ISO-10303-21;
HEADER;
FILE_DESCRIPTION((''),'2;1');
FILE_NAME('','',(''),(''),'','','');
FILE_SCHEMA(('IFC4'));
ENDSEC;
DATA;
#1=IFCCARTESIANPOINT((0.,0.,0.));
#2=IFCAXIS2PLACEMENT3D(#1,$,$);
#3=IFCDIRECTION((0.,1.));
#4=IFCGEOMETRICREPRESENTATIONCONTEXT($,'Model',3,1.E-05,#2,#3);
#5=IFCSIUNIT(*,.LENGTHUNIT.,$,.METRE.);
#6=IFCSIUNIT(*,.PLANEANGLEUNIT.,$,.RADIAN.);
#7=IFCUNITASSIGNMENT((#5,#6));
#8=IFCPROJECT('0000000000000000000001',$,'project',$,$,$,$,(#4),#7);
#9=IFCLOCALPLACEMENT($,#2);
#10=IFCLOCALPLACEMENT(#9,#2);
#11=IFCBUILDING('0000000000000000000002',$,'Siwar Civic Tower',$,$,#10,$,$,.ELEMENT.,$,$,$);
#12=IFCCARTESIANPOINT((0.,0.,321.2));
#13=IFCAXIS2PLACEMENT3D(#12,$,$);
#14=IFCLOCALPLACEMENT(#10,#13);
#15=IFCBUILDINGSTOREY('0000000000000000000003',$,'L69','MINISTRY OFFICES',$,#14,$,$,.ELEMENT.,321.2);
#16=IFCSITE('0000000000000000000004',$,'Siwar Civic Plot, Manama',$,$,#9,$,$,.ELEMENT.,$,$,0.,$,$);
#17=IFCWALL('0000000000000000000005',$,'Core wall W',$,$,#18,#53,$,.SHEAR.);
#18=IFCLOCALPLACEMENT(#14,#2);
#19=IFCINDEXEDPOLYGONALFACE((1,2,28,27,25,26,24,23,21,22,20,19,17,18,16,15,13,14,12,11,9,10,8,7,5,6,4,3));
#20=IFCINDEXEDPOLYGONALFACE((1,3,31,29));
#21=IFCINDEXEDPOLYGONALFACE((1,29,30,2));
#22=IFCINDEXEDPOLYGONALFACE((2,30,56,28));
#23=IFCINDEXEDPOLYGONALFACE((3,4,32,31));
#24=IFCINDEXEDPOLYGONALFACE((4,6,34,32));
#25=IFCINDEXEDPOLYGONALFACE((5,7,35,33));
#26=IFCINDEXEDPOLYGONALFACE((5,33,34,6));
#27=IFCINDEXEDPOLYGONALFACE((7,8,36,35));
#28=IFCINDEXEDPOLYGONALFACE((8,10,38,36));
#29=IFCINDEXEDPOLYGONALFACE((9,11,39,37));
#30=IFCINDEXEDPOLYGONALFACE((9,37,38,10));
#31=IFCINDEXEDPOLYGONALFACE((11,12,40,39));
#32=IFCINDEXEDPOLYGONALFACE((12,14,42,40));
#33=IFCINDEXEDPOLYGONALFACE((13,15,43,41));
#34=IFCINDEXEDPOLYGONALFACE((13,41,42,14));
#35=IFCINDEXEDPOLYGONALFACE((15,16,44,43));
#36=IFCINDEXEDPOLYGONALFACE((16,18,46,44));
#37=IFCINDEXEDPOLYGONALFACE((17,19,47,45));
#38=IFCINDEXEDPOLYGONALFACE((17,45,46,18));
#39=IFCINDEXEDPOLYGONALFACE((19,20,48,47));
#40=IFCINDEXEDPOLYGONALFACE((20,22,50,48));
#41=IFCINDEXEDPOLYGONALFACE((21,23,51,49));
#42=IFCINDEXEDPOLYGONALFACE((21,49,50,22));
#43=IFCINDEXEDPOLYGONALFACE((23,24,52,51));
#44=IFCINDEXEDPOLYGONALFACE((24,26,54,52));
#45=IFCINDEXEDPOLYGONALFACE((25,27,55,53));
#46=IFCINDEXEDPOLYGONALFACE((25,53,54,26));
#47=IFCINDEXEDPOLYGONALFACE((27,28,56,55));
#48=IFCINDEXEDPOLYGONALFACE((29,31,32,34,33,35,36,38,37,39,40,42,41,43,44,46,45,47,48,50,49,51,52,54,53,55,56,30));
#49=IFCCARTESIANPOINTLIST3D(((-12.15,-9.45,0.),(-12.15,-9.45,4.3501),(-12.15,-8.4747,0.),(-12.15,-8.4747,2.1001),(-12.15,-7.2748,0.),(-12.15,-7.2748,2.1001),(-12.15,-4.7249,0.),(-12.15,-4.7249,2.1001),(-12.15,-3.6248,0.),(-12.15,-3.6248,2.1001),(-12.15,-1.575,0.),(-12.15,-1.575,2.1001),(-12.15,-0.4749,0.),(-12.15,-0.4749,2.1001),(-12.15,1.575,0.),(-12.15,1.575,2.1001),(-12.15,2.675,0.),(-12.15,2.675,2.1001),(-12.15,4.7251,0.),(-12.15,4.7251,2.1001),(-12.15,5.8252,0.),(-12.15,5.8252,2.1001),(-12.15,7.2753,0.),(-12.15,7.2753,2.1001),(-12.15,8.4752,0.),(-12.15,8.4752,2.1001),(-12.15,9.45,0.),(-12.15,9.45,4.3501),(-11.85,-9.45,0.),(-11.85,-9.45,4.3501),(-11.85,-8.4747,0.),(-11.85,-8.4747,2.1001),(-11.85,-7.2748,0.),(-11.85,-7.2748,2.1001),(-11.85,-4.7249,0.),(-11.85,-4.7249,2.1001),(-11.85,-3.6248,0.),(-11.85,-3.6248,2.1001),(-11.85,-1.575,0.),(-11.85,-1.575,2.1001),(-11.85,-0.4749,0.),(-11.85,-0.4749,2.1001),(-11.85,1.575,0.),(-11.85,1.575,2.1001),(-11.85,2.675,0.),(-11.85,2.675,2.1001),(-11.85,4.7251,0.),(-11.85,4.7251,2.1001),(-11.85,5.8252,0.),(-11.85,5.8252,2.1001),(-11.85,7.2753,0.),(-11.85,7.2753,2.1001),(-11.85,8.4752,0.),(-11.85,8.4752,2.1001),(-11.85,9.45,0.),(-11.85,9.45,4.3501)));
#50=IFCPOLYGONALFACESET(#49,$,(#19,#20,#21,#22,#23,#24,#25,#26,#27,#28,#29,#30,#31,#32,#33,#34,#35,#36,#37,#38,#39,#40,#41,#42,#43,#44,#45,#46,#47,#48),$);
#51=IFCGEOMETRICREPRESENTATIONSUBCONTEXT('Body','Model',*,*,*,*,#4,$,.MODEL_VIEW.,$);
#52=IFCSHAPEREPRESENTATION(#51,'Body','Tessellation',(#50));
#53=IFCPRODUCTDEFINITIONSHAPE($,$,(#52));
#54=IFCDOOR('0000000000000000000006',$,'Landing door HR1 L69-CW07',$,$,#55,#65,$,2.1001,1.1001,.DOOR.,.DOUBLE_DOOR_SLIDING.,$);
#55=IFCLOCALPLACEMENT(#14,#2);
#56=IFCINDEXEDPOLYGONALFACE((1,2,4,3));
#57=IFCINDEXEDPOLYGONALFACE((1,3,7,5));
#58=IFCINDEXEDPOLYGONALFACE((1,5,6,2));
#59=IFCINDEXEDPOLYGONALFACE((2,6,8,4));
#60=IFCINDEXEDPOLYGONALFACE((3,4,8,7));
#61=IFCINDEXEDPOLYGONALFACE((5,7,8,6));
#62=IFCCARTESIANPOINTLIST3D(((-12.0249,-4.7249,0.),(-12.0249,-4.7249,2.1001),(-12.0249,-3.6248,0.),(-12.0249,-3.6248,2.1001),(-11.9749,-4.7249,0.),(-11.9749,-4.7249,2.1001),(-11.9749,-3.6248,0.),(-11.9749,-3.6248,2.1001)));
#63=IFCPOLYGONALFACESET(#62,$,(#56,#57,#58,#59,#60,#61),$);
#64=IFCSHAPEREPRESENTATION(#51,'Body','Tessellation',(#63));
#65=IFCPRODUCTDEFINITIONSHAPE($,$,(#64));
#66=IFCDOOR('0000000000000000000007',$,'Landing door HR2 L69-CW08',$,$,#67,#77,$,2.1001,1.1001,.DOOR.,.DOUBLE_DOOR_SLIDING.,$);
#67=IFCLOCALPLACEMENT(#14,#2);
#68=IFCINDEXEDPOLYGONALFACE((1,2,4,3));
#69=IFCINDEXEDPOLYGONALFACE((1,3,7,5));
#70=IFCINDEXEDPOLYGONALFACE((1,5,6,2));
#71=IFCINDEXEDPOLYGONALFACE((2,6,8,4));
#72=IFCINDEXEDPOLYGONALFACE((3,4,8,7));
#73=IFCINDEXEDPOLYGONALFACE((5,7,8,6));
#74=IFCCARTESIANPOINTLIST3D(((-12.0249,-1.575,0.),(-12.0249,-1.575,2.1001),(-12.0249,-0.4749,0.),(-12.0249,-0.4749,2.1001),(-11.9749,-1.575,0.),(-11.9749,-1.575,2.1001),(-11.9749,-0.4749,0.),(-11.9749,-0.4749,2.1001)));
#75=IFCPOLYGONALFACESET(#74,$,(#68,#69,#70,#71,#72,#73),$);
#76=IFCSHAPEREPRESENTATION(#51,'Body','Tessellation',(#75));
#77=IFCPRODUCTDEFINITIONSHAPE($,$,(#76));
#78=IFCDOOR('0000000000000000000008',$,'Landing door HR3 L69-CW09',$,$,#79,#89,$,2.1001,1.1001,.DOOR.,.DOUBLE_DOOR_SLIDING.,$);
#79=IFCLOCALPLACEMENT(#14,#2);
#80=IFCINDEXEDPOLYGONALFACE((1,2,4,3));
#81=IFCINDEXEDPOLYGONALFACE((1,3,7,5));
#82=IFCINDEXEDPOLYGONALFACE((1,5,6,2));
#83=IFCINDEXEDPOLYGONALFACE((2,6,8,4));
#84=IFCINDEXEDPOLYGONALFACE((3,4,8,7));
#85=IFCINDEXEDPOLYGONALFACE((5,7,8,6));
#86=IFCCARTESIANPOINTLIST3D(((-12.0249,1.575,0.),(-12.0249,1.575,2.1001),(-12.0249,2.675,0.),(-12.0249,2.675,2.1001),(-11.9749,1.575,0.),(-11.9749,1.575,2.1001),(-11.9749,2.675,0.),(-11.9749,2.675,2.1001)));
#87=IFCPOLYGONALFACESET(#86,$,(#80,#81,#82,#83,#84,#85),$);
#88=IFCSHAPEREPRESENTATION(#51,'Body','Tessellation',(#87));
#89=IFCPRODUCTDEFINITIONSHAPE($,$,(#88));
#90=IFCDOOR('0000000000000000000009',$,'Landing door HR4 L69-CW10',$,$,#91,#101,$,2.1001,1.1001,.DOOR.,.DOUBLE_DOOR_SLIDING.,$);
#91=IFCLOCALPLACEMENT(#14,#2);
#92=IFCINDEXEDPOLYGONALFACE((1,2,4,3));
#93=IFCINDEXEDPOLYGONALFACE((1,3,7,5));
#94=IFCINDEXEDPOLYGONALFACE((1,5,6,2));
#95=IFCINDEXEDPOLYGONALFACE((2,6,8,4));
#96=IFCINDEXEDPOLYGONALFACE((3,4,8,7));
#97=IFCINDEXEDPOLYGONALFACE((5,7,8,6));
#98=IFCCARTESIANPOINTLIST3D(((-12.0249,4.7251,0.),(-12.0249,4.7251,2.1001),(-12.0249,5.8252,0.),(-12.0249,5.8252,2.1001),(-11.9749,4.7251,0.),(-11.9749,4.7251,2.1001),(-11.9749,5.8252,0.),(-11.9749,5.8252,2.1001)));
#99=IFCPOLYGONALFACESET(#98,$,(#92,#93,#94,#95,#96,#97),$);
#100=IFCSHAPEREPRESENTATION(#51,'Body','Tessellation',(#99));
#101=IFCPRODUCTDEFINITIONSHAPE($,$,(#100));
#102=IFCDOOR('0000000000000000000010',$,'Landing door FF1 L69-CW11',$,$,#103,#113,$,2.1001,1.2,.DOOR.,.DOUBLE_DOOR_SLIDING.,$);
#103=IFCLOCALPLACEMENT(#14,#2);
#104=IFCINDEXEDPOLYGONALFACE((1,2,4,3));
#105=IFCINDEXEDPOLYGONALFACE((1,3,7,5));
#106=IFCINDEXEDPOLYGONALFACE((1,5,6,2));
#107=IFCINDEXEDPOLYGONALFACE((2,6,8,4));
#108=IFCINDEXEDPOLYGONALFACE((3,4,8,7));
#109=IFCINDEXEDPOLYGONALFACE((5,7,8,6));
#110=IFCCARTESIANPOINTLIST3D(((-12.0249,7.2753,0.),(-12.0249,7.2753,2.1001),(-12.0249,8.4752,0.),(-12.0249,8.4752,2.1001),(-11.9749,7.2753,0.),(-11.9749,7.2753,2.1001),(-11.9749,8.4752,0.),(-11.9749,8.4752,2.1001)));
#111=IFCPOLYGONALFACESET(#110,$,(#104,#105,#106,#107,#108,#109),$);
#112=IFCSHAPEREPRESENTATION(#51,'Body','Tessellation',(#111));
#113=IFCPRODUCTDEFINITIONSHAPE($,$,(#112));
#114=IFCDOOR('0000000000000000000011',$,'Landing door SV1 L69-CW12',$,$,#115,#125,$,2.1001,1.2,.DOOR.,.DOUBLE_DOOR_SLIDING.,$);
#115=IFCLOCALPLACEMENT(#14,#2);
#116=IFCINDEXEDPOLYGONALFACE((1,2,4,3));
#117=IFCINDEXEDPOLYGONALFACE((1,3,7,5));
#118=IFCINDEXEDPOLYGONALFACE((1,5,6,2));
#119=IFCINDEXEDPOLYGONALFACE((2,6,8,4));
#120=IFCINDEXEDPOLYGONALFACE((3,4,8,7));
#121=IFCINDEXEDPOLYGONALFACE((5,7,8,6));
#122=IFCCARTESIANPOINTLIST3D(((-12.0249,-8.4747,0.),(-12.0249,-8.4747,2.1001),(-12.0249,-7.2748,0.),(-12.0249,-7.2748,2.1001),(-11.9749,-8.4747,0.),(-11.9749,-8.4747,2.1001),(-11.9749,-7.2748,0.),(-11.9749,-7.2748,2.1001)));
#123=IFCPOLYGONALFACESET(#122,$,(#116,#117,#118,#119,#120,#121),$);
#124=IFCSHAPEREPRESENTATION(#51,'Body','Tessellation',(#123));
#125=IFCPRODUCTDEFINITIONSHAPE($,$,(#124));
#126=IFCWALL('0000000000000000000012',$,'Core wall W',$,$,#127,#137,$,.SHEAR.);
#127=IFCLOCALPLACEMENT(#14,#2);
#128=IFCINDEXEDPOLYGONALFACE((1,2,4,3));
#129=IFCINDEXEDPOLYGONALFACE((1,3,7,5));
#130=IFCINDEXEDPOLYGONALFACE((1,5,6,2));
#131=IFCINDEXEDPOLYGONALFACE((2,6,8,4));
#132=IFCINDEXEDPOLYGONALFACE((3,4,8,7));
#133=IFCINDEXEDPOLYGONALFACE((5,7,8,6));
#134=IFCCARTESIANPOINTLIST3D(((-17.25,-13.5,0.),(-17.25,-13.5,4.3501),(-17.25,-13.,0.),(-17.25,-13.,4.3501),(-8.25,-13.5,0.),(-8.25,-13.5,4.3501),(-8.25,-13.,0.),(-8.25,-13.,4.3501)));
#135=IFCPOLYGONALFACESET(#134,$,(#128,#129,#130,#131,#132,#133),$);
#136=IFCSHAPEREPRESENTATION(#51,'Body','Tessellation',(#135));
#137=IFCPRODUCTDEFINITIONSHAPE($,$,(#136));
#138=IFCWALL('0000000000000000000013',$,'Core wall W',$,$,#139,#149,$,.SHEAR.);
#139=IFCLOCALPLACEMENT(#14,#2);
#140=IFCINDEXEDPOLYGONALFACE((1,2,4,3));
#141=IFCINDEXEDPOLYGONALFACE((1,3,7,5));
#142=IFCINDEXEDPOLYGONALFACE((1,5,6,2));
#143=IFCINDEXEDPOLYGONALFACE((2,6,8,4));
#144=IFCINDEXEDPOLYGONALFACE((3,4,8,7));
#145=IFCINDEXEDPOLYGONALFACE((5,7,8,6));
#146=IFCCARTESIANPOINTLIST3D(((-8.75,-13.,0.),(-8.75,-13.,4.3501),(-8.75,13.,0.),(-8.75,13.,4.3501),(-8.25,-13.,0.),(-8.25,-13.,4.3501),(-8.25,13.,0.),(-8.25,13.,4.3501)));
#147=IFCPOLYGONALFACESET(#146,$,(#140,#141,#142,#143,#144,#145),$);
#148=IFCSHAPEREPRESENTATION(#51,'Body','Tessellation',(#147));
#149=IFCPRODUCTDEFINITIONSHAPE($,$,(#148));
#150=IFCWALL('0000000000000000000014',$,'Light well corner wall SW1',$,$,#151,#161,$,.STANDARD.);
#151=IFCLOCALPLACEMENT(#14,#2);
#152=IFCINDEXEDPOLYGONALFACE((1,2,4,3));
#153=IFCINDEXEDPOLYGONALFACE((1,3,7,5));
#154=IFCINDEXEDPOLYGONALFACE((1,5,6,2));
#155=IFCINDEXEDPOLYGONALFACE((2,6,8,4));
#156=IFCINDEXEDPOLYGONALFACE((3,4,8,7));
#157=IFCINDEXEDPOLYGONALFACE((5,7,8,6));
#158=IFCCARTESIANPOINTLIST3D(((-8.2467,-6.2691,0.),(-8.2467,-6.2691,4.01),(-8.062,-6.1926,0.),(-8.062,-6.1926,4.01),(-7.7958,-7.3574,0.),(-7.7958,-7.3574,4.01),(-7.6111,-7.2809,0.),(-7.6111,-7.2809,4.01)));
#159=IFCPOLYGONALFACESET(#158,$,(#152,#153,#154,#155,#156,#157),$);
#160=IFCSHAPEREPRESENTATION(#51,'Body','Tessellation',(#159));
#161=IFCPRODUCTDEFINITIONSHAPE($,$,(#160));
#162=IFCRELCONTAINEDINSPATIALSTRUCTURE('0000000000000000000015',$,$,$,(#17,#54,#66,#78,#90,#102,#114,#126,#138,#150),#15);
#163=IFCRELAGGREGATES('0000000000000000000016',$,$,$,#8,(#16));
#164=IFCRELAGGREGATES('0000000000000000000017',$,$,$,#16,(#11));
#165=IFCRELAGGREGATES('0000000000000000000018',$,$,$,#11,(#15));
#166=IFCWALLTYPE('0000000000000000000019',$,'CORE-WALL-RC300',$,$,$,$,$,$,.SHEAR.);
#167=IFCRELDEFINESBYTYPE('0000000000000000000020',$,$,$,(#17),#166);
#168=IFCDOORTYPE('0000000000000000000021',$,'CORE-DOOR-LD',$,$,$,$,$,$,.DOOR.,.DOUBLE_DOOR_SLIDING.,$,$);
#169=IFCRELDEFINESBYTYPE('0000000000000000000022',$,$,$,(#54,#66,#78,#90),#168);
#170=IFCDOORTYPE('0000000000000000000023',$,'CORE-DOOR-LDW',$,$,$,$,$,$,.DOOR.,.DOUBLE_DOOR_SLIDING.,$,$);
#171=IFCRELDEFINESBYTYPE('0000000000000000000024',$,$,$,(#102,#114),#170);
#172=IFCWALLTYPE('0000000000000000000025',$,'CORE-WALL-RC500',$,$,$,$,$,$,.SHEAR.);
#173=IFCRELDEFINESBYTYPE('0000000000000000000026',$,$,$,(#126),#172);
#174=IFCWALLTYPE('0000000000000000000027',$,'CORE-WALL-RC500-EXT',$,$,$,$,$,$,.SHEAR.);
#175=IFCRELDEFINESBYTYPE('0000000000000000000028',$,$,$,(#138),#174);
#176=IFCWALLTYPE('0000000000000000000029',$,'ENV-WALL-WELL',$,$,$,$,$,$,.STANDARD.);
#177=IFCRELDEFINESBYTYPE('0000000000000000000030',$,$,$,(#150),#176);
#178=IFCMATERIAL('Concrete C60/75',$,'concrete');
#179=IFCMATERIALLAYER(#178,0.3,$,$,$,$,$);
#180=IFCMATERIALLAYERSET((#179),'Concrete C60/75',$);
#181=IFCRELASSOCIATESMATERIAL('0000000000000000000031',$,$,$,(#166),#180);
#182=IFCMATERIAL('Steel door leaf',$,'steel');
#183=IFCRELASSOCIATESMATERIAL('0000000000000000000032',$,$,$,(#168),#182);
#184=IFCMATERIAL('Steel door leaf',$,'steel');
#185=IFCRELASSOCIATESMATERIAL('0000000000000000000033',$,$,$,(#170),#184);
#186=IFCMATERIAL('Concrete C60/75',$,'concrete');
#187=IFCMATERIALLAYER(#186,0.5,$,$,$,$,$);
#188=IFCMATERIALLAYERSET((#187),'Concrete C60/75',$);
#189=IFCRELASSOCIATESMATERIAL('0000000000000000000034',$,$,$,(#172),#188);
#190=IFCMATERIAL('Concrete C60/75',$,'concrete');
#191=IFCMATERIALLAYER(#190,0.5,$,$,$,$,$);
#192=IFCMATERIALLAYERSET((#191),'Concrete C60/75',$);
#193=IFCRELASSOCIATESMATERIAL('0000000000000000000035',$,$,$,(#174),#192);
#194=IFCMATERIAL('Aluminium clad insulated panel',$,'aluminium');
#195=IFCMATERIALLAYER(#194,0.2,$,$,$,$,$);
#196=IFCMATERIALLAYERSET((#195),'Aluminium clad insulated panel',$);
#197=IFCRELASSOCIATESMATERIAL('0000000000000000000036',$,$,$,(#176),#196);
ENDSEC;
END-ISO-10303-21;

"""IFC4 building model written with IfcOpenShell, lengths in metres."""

from ifc_helpers import new_model, si_unit, direction, frame, frame_2d, origin, place, context, subcontext, project, spatial, rectangle, extrude, material, layer, layer_set, type_object, element, fill, save


model = new_model("IFC4")

# Units and contexts
model_context = context("Model", 3, precision=1e-05, world=origin(), true_north=direction((0.0, 1.0)))
body_context = subcontext(model_context, "Body", "Model", "MODEL_VIEW")
ifc_project = project(units=[si_unit("LENGTHUNIT", "METRE"), si_unit("PLANEANGLEUNIT", "RADIAN")], contexts=[model_context])

# Site, building, storey
site_placement = place(None, origin())
site = spatial("IfcSite", under=ifc_project, at=site_placement, Name="Siwar Civic Plot, Manama", CompositionType="ELEMENT", RefElevation=0.0)
building_placement = place(site_placement, origin())
building = spatial("IfcBuilding", under=site, at=building_placement, Name="Siwar Civic Tower", CompositionType="ELEMENT")
storey_placement = place(building_placement, frame((0.0, 0.0, 321.2)))
storey = spatial("IfcBuildingStorey", under=building, at=storey_placement, Name="L69", Description="MINISTRY OFFICES", CompositionType="ELEMENT", Elevation=321.2)

# Wall, openings, doors
ifc_material_1 = material(Name="Concrete C60/75", Category="concrete")
ifc_layer_1 = layer(ifc_material_1, 0.3)
ifc_layer_set_1 = layer_set([ifc_layer_1], Name="Concrete C60/75")
wall_type_1 = type_object("IfcWallType", Name="CORE-WALL-RC300", PredefinedType="SHEAR", material=ifc_layer_set_1)
wall_1_placement = place(storey_placement, frame((-12.0, -9.45, 0.0), z_axis=(0.0, 0.0, 1.0), x_axis=(0.0, 1.0, 0.0)))
wall_1 = element("IfcWall", 1, at=wall_1_placement, inside=storey, type_object=wall_type_1, Name="Core wall W", PredefinedType="SHEAR", context=body_context, shape_type="SweptSolid", body=[
    extrude(rectangle(XDim=18.8999, YDim=0.3, at=frame_2d((9.45, 0.0))), origin(), (0.0, 0.0, 1.0), 4.3501),
])
opening_1_placement = place(wall_1_placement, frame((4.7251, 0.0, 0.0)))
opening_1 = element("IfcOpeningElement", 2, at=opening_1_placement, cuts=wall_1, PredefinedType="OPENING", context=body_context, shape_type="SweptSolid", body=[
    extrude(rectangle(XDim=1.1001, YDim=2.1001, at=frame_2d((0.55, 1.05))), frame((0.0, 0.1602, 0.0), z_axis=(0.0, -1.0, 0.0), x_axis=(1.0, 0.0, 0.0)), (0.0, 0.0, 1.0), 0.3201),
])
opening_2_placement = place(wall_1_placement, frame((7.875, 0.0, 0.0)))
opening_2 = element("IfcOpeningElement", 3, at=opening_2_placement, cuts=wall_1, PredefinedType="OPENING", context=body_context, shape_type="SweptSolid", body=[
    extrude(rectangle(XDim=1.1001, YDim=2.1001, at=frame_2d((0.55, 1.05))), frame((0.0, 0.1602, 0.0), z_axis=(0.0, -1.0, 0.0), x_axis=(1.0, 0.0, 0.0)), (0.0, 0.0, 1.0), 0.3201),
])
opening_3_placement = place(wall_1_placement, frame((11.0249, 0.0, 0.0)))
opening_3 = element("IfcOpeningElement", 4, at=opening_3_placement, cuts=wall_1, PredefinedType="OPENING", context=body_context, shape_type="SweptSolid", body=[
    extrude(rectangle(XDim=1.1001, YDim=2.1001, at=frame_2d((0.55, 1.05))), frame((0.0, 0.1602, 0.0), z_axis=(0.0, -1.0, 0.0), x_axis=(1.0, 0.0, 0.0)), (0.0, 0.0, 1.0), 0.3201),
])
opening_4_placement = place(wall_1_placement, frame((14.175, 0.0, 0.0)))
opening_4 = element("IfcOpeningElement", 5, at=opening_4_placement, cuts=wall_1, PredefinedType="OPENING", context=body_context, shape_type="SweptSolid", body=[
    extrude(rectangle(XDim=1.1001, YDim=2.1001, at=frame_2d((0.55, 1.05))), frame((0.0, 0.1602, 0.0), z_axis=(0.0, -1.0, 0.0), x_axis=(1.0, 0.0, 0.0)), (0.0, 0.0, 1.0), 0.3201),
])
opening_5_placement = place(wall_1_placement, frame((16.7251, 0.0, 0.0)))
opening_5 = element("IfcOpeningElement", 6, at=opening_5_placement, cuts=wall_1, PredefinedType="OPENING", context=body_context, shape_type="SweptSolid", body=[
    extrude(rectangle(XDim=1.2, YDim=2.1001, at=frame_2d((0.6001, 1.05))), frame((0.0, 0.1602, 0.0), z_axis=(0.0, -1.0, 0.0), x_axis=(1.0, 0.0, 0.0)), (0.0, 0.0, 1.0), 0.3201),
])
opening_6_placement = place(wall_1_placement, frame((0.9751, 0.0, 0.0)))
opening_6 = element("IfcOpeningElement", 7, at=opening_6_placement, cuts=wall_1, PredefinedType="OPENING", context=body_context, shape_type="SweptSolid", body=[
    extrude(rectangle(XDim=1.2, YDim=2.1001, at=frame_2d((0.6001, 1.05))), frame((0.0, 0.1602, 0.0), z_axis=(0.0, -1.0, 0.0), x_axis=(1.0, 0.0, 0.0)), (0.0, 0.0, 1.0), 0.3201),
])
ifc_material_2 = material(Name="Steel door leaf", Category="steel")
door_type_1 = type_object("IfcDoorType", Name="CORE-DOOR-LD", OperationType="DOUBLE_DOOR_SLIDING", PredefinedType="DOOR", material=ifc_material_2)
door_1_placement = place(opening_1_placement, origin())
door_1 = element("IfcDoor", 8, at=door_1_placement, inside=storey, type_object=door_type_1, Name="Landing door HR1 L69-CW07", OperationType="DOUBLE_DOOR_SLIDING", OverallHeight=2.1001, OverallWidth=1.1001, PredefinedType="DOOR", context=body_context, shape_type="SweptSolid", body=[
    extrude(rectangle(XDim=1.1001, YDim=2.1001, at=frame_2d((0.55, 1.05))), frame((0.0, 0.0249, 0.0), z_axis=(0.0, -1.0, 0.0), x_axis=(1.0, 0.0, 0.0)), (0.0, 0.0, 1.0), 0.05),
])
fill(opening_1, door_1)
door_2_placement = place(opening_2_placement, origin())
door_2 = element("IfcDoor", 9, at=door_2_placement, inside=storey, type_object=door_type_1, Name="Landing door HR2 L69-CW08", OperationType="DOUBLE_DOOR_SLIDING", OverallHeight=2.1001, OverallWidth=1.1001, PredefinedType="DOOR", context=body_context, shape_type="SweptSolid", body=[
    extrude(rectangle(XDim=1.1001, YDim=2.1001, at=frame_2d((0.55, 1.05))), frame((0.0, 0.0249, 0.0), z_axis=(0.0, -1.0, 0.0), x_axis=(1.0, 0.0, 0.0)), (0.0, 0.0, 1.0), 0.05),
])
fill(opening_2, door_2)
door_3_placement = place(opening_3_placement, origin())
door_3 = element("IfcDoor", 10, at=door_3_placement, inside=storey, type_object=door_type_1, Name="Landing door HR3 L69-CW09", OperationType="DOUBLE_DOOR_SLIDING", OverallHeight=2.1001, OverallWidth=1.1001, PredefinedType="DOOR", context=body_context, shape_type="SweptSolid", body=[
    extrude(rectangle(XDim=1.1001, YDim=2.1001, at=frame_2d((0.55, 1.05))), frame((0.0, 0.0249, 0.0), z_axis=(0.0, -1.0, 0.0), x_axis=(1.0, 0.0, 0.0)), (0.0, 0.0, 1.0), 0.05),
])
fill(opening_3, door_3)
door_4_placement = place(opening_4_placement, origin())
door_4 = element("IfcDoor", 11, at=door_4_placement, inside=storey, type_object=door_type_1, Name="Landing door HR4 L69-CW10", OperationType="DOUBLE_DOOR_SLIDING", OverallHeight=2.1001, OverallWidth=1.1001, PredefinedType="DOOR", context=body_context, shape_type="SweptSolid", body=[
    extrude(rectangle(XDim=1.1001, YDim=2.1001, at=frame_2d((0.55, 1.05))), frame((0.0, 0.0249, 0.0), z_axis=(0.0, -1.0, 0.0), x_axis=(1.0, 0.0, 0.0)), (0.0, 0.0, 1.0), 0.05),
])
fill(opening_4, door_4)
ifc_material_3 = material(Name="Steel door leaf", Category="steel")
door_type_2 = type_object("IfcDoorType", Name="CORE-DOOR-LDW", OperationType="DOUBLE_DOOR_SLIDING", PredefinedType="DOOR", material=ifc_material_3)
door_5_placement = place(opening_5_placement, origin())
door_5 = element("IfcDoor", 12, at=door_5_placement, inside=storey, type_object=door_type_2, Name="Landing door FF1 L69-CW11", OperationType="DOUBLE_DOOR_SLIDING", OverallHeight=2.1001, OverallWidth=1.2, PredefinedType="DOOR", context=body_context, shape_type="SweptSolid", body=[
    extrude(rectangle(XDim=1.2, YDim=2.1001, at=frame_2d((0.6001, 1.05))), frame((0.0, 0.0249, 0.0), z_axis=(0.0, -1.0, 0.0), x_axis=(1.0, 0.0, 0.0)), (0.0, 0.0, 1.0), 0.05),
])
fill(opening_5, door_5)
door_6_placement = place(opening_6_placement, origin())
door_6 = element("IfcDoor", 13, at=door_6_placement, inside=storey, type_object=door_type_2, Name="Landing door SV1 L69-CW12", OperationType="DOUBLE_DOOR_SLIDING", OverallHeight=2.1001, OverallWidth=1.2, PredefinedType="DOOR", context=body_context, shape_type="SweptSolid", body=[
    extrude(rectangle(XDim=1.2, YDim=2.1001, at=frame_2d((0.6001, 1.05))), frame((0.0, 0.0249, 0.0), z_axis=(0.0, -1.0, 0.0), x_axis=(1.0, 0.0, 0.0)), (0.0, 0.0, 1.0), 0.05),
])
fill(opening_6, door_6)

# Walls
ifc_material_4 = material(Name="Concrete C60/75", Category="concrete")
ifc_layer_2 = layer(ifc_material_4, 0.5)
ifc_layer_set_2 = layer_set([ifc_layer_2], Name="Concrete C60/75")
wall_type_2 = type_object("IfcWallType", Name="CORE-WALL-RC500", PredefinedType="SHEAR", material=ifc_layer_set_2)
wall_2_placement = place(storey_placement, frame((-8.25, -13.25, 0.0), z_axis=(0.0, 0.0, 1.0), x_axis=(-1.0, 0.0, 0.0)))
element("IfcWall", 14, at=wall_2_placement, inside=storey, type_object=wall_type_2, Name="Core wall W", PredefinedType="SHEAR", context=body_context, shape_type="SweptSolid", body=[
    extrude(rectangle(XDim=9.0, YDim=0.5, at=frame_2d((4.5, 0.0))), origin(), (0.0, 0.0, 1.0), 4.3501),
])
ifc_material_5 = material(Name="Concrete C60/75", Category="concrete")
ifc_layer_3 = layer(ifc_material_5, 0.5)
ifc_layer_set_3 = layer_set([ifc_layer_3], Name="Concrete C60/75")
wall_type_3 = type_object("IfcWallType", Name="CORE-WALL-RC500-EXT", PredefinedType="SHEAR", material=ifc_layer_set_3)
wall_3_placement = place(storey_placement, frame((-8.5, -13.0, 0.0), z_axis=(0.0, 0.0, 1.0), x_axis=(0.0, 1.0, 0.0)))
element("IfcWall", 15, at=wall_3_placement, inside=storey, type_object=wall_type_3, Name="Core wall W", PredefinedType="SHEAR", context=body_context, shape_type="SweptSolid", body=[
    extrude(rectangle(XDim=26.0, YDim=0.5, at=frame_2d((13.0, 0.0))), origin(), (0.0, 0.0, 1.0), 4.3501),
])
ifc_material_6 = material(Name="Aluminium clad insulated panel", Category="aluminium")
ifc_layer_4 = layer(ifc_material_6, 0.2)
ifc_layer_set_4 = layer_set([ifc_layer_4], Name="Aluminium clad insulated panel")
wall_type_4 = type_object("IfcWallType", Name="ENV-WALL-WELL", PredefinedType="STANDARD", material=ifc_layer_set_4)
wall_4_placement = place(storey_placement, frame((-8.1543, -6.231, 0.0), z_axis=(0.0, 0.0, 1.0), x_axis=(0.382761, -0.923848, 0.0)))
element("IfcWall", 16, at=wall_4_placement, inside=storey, type_object=wall_type_4, Name="Light well corner wall SW1", PredefinedType="STANDARD", context=body_context, shape_type="SweptSolid", body=[
    extrude(rectangle(XDim=1.178, YDim=0.2, at=frame_2d((0.5889, 0.0))), origin(), (0.0, 0.0, 1.0), 4.01),
])

save(model, "model.ifc")
